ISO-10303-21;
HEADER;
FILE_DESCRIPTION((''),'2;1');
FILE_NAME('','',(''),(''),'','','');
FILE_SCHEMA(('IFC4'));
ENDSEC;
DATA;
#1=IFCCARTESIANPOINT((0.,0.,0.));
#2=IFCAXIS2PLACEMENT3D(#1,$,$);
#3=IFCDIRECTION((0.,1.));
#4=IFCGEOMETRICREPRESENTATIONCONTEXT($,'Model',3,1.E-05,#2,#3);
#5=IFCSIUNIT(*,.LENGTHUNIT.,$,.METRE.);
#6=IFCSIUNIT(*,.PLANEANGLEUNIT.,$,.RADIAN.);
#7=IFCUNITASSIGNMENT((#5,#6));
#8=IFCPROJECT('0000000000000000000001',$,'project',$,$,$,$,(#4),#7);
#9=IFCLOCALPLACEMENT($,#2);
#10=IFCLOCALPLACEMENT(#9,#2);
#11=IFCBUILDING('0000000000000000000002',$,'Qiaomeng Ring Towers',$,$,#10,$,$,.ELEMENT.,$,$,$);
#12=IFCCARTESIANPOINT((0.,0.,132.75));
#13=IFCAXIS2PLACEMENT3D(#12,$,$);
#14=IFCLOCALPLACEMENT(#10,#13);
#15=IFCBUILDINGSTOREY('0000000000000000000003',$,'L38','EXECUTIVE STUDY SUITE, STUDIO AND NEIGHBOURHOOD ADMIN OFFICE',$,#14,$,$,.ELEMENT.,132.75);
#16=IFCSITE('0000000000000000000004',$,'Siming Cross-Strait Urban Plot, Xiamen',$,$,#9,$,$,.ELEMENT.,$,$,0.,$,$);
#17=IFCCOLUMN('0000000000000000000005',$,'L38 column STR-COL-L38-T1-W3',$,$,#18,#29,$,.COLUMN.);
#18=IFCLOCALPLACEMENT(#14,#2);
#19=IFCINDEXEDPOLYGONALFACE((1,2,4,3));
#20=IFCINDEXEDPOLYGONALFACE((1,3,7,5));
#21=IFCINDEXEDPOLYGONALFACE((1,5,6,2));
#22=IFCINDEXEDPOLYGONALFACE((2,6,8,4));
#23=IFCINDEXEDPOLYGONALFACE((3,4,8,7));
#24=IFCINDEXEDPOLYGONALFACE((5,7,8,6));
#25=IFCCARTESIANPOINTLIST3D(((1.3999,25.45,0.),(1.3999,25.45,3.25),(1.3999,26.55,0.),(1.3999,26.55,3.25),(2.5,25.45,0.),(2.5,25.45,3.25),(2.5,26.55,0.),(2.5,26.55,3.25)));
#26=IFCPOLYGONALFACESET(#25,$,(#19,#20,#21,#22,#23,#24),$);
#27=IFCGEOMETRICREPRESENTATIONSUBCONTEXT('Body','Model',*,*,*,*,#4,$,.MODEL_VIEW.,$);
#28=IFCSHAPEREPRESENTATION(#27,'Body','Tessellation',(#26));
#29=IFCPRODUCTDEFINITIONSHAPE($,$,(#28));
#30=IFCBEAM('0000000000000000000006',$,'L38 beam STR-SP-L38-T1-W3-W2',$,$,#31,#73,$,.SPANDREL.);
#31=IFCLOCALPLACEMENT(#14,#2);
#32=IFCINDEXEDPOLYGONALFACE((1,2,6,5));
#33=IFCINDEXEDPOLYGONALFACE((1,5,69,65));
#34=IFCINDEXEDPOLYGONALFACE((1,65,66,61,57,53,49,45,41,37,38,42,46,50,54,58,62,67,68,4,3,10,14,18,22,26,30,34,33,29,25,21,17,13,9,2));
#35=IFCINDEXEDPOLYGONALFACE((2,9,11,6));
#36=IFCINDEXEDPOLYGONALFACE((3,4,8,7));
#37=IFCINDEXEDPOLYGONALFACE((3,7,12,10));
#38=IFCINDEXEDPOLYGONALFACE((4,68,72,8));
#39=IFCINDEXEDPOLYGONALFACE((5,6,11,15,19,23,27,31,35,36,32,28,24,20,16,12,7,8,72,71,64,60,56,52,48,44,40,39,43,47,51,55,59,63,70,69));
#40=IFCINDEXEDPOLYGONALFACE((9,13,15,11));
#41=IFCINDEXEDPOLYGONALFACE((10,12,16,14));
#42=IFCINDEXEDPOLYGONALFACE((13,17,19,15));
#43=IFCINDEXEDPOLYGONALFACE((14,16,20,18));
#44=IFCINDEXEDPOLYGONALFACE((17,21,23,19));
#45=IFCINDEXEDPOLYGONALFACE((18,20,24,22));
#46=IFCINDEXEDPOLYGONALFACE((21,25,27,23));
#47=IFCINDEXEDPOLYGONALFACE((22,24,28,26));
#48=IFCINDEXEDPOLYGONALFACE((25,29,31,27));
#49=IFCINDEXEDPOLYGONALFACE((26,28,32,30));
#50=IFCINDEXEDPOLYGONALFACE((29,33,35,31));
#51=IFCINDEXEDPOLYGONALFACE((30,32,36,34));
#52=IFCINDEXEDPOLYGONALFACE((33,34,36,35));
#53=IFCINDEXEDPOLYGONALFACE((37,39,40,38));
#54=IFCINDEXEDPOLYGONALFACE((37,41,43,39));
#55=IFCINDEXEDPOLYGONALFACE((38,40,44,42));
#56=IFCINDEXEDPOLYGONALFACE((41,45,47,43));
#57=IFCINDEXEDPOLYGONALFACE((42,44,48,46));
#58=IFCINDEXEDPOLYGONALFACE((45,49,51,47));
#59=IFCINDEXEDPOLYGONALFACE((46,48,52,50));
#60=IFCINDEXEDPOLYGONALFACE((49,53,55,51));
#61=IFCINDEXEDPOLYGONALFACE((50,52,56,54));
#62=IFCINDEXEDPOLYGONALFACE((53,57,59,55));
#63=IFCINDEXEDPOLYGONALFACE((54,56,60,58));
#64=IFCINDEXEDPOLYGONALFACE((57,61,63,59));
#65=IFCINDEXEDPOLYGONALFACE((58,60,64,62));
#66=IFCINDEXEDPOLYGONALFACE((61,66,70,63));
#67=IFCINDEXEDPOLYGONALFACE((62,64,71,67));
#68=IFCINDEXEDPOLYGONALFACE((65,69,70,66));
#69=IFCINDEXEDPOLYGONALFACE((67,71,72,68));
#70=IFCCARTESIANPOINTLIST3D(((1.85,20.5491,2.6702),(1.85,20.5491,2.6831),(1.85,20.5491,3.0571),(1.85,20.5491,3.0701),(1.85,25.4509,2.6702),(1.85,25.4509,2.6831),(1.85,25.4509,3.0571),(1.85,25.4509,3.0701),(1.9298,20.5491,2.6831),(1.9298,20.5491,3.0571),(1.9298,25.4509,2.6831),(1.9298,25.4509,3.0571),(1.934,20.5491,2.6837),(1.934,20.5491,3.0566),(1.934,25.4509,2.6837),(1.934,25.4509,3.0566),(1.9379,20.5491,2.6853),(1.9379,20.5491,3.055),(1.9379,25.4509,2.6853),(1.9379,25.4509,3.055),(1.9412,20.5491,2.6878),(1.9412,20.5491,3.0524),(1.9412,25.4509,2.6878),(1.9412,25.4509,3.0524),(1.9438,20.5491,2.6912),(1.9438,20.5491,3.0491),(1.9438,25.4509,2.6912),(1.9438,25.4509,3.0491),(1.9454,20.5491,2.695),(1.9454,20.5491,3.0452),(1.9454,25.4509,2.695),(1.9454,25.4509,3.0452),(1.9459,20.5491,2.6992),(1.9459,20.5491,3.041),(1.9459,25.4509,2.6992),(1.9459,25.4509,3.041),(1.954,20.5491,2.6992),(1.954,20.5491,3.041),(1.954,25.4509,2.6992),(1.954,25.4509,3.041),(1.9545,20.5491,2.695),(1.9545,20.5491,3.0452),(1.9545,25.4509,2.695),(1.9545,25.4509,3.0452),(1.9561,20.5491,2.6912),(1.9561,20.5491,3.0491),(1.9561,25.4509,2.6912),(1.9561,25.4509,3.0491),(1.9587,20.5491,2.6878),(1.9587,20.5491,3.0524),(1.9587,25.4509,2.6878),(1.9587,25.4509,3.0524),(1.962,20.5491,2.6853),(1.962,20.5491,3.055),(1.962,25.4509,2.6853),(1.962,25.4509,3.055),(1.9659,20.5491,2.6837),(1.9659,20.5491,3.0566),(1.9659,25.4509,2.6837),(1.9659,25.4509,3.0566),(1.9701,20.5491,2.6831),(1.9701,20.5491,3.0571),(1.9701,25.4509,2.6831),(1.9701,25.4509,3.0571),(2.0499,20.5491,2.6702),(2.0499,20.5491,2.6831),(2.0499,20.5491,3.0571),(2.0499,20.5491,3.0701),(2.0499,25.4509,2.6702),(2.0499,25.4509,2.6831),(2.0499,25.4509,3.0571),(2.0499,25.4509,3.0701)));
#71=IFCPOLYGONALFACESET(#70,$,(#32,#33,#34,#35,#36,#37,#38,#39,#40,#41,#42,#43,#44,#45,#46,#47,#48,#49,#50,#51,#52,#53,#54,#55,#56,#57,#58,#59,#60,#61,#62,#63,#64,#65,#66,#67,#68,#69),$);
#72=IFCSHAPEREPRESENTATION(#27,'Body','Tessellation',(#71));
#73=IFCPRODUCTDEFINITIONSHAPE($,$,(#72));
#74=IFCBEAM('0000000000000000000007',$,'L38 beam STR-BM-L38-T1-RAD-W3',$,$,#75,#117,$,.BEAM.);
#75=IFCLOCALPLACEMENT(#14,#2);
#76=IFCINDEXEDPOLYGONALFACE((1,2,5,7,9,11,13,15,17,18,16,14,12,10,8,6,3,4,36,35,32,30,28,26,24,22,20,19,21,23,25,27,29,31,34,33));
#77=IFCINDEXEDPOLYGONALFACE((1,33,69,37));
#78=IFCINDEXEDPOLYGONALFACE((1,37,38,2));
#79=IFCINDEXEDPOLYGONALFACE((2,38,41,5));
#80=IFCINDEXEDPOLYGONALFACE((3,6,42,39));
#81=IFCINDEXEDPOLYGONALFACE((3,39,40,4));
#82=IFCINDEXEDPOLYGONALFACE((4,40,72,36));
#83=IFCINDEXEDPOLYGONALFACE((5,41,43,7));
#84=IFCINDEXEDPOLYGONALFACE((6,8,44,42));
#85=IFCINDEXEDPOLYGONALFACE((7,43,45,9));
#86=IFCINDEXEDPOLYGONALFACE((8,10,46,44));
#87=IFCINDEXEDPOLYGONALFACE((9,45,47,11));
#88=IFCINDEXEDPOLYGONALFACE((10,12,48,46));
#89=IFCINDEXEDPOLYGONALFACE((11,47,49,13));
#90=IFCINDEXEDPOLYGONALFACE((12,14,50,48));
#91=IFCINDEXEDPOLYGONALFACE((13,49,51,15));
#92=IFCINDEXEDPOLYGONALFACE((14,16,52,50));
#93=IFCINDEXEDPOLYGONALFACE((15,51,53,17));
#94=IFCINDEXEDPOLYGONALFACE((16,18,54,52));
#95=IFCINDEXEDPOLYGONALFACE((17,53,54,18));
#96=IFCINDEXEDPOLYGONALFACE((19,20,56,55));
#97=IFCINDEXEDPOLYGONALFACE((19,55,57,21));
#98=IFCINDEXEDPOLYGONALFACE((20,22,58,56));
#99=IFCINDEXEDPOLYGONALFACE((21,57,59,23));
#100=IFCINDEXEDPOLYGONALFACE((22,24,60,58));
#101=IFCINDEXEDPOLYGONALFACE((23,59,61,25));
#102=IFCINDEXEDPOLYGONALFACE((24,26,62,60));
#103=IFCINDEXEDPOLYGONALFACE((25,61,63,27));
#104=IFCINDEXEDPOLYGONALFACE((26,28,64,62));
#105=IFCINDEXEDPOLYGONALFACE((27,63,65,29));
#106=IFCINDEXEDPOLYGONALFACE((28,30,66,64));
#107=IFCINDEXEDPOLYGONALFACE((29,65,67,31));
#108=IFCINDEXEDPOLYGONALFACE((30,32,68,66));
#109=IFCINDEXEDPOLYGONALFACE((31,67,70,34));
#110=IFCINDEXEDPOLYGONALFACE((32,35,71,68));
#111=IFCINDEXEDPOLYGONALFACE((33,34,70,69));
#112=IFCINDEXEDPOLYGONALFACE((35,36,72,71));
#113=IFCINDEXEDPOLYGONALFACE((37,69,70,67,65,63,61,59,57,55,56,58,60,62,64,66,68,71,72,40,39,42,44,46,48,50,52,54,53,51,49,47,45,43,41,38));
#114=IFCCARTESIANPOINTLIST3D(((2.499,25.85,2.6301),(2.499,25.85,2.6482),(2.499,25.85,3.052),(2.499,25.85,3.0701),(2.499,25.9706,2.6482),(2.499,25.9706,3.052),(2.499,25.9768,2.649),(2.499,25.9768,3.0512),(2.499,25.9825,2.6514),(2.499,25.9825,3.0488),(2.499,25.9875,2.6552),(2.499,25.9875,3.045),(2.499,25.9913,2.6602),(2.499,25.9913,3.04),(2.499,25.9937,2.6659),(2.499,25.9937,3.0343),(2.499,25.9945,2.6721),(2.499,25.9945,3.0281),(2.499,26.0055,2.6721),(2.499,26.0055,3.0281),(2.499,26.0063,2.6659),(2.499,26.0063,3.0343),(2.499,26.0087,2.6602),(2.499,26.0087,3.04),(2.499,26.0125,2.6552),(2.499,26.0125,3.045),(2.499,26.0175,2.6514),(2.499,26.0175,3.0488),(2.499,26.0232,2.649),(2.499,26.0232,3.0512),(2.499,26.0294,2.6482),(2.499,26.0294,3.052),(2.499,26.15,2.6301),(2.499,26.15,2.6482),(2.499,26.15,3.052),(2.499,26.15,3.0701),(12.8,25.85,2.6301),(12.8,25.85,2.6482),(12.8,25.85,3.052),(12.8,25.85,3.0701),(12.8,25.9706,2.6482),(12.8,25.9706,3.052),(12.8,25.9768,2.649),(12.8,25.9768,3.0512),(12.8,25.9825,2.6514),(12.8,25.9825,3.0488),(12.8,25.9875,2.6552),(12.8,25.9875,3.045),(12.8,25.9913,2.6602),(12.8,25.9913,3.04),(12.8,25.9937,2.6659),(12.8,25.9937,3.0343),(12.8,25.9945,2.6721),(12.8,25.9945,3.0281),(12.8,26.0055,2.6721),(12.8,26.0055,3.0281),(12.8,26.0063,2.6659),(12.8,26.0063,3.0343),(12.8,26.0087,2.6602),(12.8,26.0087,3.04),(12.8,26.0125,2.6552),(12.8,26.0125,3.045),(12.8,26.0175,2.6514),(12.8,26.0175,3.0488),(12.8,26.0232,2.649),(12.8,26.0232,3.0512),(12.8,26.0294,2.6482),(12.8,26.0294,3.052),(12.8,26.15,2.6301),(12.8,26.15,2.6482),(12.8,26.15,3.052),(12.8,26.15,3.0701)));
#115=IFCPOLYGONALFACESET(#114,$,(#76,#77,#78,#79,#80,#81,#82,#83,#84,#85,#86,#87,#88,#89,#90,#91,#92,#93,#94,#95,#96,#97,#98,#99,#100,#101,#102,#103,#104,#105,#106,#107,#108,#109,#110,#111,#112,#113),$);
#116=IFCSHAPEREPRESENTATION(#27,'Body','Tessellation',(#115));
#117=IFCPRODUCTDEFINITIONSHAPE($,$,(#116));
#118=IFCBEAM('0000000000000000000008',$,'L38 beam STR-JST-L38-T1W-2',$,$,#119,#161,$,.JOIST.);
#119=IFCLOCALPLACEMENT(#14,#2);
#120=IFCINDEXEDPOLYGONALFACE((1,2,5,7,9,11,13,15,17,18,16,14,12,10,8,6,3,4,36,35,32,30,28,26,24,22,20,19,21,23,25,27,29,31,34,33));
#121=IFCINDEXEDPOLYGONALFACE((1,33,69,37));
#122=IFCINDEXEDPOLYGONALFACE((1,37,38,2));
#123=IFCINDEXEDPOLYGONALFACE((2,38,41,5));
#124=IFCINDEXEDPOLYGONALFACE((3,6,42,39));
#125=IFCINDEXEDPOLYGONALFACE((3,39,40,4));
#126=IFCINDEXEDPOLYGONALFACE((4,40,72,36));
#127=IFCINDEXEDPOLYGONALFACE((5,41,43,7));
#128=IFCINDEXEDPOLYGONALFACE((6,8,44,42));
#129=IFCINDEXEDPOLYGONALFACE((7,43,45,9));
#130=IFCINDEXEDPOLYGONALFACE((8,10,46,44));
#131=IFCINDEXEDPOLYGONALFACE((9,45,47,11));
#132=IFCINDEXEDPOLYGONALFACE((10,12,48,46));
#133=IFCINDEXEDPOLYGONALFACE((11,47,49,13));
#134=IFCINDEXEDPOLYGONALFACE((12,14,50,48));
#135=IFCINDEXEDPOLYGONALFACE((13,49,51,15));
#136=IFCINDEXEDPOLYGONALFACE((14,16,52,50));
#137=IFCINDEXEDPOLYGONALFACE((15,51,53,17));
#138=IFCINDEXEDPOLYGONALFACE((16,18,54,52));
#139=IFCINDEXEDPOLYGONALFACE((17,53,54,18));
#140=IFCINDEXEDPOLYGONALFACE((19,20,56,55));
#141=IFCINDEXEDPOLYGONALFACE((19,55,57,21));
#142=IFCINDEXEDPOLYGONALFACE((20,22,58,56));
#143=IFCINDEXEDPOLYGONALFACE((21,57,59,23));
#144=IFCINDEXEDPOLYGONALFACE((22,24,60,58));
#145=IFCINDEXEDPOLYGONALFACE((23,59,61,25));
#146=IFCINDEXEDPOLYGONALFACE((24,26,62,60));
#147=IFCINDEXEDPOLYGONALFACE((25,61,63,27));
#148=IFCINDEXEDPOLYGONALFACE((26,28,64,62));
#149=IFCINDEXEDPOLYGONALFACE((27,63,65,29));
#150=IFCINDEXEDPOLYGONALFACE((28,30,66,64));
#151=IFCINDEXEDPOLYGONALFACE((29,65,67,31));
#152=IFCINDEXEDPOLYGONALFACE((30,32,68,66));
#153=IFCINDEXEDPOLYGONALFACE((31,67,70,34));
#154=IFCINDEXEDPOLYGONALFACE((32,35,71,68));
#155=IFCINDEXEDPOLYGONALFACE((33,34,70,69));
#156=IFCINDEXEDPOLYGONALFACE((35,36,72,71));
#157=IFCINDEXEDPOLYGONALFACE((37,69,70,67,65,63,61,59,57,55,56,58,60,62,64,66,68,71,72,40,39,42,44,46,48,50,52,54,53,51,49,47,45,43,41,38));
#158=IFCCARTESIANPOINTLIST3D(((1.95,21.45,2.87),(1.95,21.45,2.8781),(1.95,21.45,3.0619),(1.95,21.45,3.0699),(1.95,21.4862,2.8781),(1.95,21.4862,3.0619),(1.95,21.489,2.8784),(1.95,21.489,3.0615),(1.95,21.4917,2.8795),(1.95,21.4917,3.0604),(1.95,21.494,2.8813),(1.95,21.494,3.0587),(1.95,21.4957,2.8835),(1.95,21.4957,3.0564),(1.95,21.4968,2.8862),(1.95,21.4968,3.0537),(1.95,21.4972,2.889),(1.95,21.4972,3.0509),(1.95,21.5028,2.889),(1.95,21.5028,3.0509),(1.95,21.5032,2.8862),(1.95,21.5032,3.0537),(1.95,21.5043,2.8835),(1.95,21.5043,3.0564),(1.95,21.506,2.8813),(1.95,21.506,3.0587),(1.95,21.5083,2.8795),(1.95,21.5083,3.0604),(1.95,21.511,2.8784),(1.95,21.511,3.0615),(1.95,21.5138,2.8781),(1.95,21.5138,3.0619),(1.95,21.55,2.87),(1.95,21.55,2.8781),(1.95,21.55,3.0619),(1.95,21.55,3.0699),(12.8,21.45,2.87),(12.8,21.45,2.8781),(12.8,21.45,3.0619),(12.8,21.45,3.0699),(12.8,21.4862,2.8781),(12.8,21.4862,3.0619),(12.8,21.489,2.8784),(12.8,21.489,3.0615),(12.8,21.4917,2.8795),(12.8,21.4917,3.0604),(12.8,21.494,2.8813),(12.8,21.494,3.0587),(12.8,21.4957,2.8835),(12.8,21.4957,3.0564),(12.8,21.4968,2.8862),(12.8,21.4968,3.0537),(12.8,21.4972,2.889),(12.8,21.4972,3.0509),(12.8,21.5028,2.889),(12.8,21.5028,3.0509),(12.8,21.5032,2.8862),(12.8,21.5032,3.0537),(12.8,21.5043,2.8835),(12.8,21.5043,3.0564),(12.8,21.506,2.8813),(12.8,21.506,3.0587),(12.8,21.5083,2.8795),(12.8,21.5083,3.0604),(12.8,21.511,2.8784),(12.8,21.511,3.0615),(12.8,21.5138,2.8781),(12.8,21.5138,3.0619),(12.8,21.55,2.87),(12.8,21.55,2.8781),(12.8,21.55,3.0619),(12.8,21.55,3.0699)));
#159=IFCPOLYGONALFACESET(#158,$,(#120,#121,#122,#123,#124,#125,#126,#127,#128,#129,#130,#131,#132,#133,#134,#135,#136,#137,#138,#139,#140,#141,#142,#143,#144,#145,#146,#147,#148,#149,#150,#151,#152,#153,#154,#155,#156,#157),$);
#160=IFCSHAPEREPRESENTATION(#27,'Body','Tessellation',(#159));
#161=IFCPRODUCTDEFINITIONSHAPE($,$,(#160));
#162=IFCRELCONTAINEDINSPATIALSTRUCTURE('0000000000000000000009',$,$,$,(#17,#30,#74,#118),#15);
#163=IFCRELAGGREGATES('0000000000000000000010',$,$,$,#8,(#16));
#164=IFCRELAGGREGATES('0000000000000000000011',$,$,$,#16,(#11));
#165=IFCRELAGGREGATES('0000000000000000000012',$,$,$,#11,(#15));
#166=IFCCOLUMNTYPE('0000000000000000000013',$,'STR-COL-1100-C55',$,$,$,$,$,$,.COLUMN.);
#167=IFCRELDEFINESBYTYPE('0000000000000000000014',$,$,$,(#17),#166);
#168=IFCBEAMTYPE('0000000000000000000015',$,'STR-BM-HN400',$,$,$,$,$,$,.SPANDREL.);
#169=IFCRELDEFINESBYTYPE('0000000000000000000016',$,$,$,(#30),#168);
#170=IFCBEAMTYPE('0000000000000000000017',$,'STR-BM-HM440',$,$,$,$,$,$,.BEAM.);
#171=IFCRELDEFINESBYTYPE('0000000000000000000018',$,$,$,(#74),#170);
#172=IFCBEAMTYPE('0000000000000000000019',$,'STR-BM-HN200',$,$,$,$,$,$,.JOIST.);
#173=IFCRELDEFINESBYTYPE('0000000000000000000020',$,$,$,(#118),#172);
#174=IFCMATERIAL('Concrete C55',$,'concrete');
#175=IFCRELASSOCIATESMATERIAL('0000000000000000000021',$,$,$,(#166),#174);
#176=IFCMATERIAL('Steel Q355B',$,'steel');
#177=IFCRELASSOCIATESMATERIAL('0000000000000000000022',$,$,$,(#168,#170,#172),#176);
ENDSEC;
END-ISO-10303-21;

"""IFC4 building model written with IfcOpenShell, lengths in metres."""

from ifc_helpers import new_model, si_unit, direction, frame, origin, origin_2d, place, context, subcontext, project, spatial, rectangle, i_section, extrude, source, transform, mapped, material, material_profile, profile_set, type_object, element, save


model = new_model("IFC4")

# Units and contexts
model_context = context("Model", 3, precision=1e-05, world=origin(), true_north=direction((0.0, 1.0)))
body_context = subcontext(model_context, "Body", "Model", "MODEL_VIEW")
ifc_project = project(units=[si_unit("LENGTHUNIT", "METRE"), si_unit("PLANEANGLEUNIT", "RADIAN")], contexts=[model_context])

# Site, building, storey
site_placement = place(None, origin())
site = spatial("IfcSite", under=ifc_project, at=site_placement, Name="Siming Cross-Strait Urban Plot, Xiamen", CompositionType="ELEMENT", RefElevation=0.0)
building_placement = place(site_placement, origin())
building = spatial("IfcBuilding", under=site, at=building_placement, Name="Qiaomeng Ring Towers", CompositionType="ELEMENT")
storey_placement = place(building_placement, frame((0.0, 0.0, 132.75)))
storey = spatial("IfcBuildingStorey", under=building, at=storey_placement, Name="L38", Description="EXECUTIVE STUDY SUITE, STUDIO AND NEIGHBOURHOOD ADMIN OFFICE", CompositionType="ELEMENT", Elevation=132.75)

# Column
ifc_material_1 = material(Name="Concrete C55", Category="concrete")
ifc_material_profile_1 = material_profile(ifc_material_1, rectangle(XDim=1.1001, YDim=1.1001, at=origin_2d()), Name="RC COL 1100x1100")
ifc_profile_set_1 = profile_set([ifc_material_profile_1], Name="Concrete C55")
column_type = type_object("IfcColumnType", Name="STR-COL-1100-C55", PredefinedType="COLUMN", material=ifc_profile_set_1)
shared_shape_1 = source(origin(), body_context, "Body", "SweptSolid", [
    extrude(rectangle(XDim=1.1001, YDim=1.1001, at=origin_2d()), origin(), (0.0, 0.0, 1.0), 3.25),
])
column_placement = place(storey_placement, frame((1.95, 26.0, 0.0), z_axis=(0.0, 0.0, 1.0), x_axis=(1.0, 0.0, 0.0)))
element("IfcColumn", 1, at=column_placement, inside=storey, type_object=column_type, Name="L38 column STR-COL-L38-T1-W3", PredefinedType="COLUMN", context=body_context, shape_type="MappedRepresentation", body=[
    mapped(shared_shape_1, transform((0.0, 0.0, 0.0), x_axis=(1.0, 0.0, 0.0), y_axis=(0.0, 1.0, 0.0), z_axis=(0.0, 0.0, 1.0), scale=1.0)),
])

# Beams
ifc_material_2 = material(Name="Steel Q355B", Category="steel")
ifc_material_profile_2 = material_profile(ifc_material_2, i_section(OverallWidth=0.2, OverallDepth=0.3999, WebThickness=0.0081, FlangeThickness=0.0129, FilletRadius=0.0161, at=origin_2d()), Name="HN 400x200x8x13")
ifc_profile_set_2 = profile_set([ifc_material_profile_2], Name="Steel Q355B")
beam_type_1 = type_object("IfcBeamType", Name="STR-BM-HN400", PredefinedType="SPANDREL", material=ifc_profile_set_2)
shared_shape_2 = source(origin(), body_context, "Body", "SweptSolid", [
    extrude(i_section(OverallWidth=0.2, OverallDepth=0.3999, WebThickness=0.0081, FlangeThickness=0.0129, FilletRadius=0.0161, at=origin_2d()), origin(), (0.0, 0.0, 1.0), 4.9019),
])
beam_1_placement = place(storey_placement, frame((1.95, 25.4509, 2.8701), z_axis=(0.0, -1.0, 0.0), x_axis=(1.0, 0.0, 0.0)))
element("IfcBeam", 2, at=beam_1_placement, inside=storey, type_object=beam_type_1, Name="L38 beam STR-SP-L38-T1-W3-W2", PredefinedType="SPANDREL", context=body_context, shape_type="MappedRepresentation", body=[
    mapped(shared_shape_2, transform((0.0, 0.0, 0.0), x_axis=(1.0, 0.0, 0.0), y_axis=(0.0, 1.0, 0.0), z_axis=(0.0, 0.0, 1.0), scale=1.0)),
])
ifc_material_profile_3 = material_profile(ifc_material_2, i_section(OverallWidth=0.3, OverallDepth=0.4399, WebThickness=0.011, FlangeThickness=0.0181, FilletRadius=0.0239, at=origin_2d()), Name="HM 440x300x11x18")
ifc_profile_set_3 = profile_set([ifc_material_profile_3], Name="Steel Q355B")
beam_type_2 = type_object("IfcBeamType", Name="STR-BM-HM440", PredefinedType="BEAM", material=ifc_profile_set_3)
shared_shape_3 = source(origin(), body_context, "Body", "SweptSolid", [
    extrude(i_section(OverallWidth=0.3, OverallDepth=0.4399, WebThickness=0.011, FlangeThickness=0.0181, FilletRadius=0.0239, at=origin_2d()), origin(), (0.0, 0.0, 1.0), 10.301),
])
beam_2_placement = place(storey_placement, frame((2.499, 26.0, 2.8501), z_axis=(1.0, 0.0, 0.0), x_axis=(0.0, 1.0, 0.0)))
element("IfcBeam", 3, at=beam_2_placement, inside=storey, type_object=beam_type_2, Name="L38 beam STR-BM-L38-T1-RAD-W3", PredefinedType="BEAM", context=body_context, shape_type="MappedRepresentation", body=[
    mapped(shared_shape_3, transform((0.0, 0.0, 0.0), x_axis=(1.0, 0.0, 0.0), y_axis=(0.0, 1.0, 0.0), z_axis=(0.0, 0.0, 1.0), scale=1.0)),
])
ifc_material_profile_4 = material_profile(ifc_material_2, i_section(OverallWidth=0.1001, OverallDepth=0.2, WebThickness=0.0056, FlangeThickness=0.0081, FilletRadius=0.011, at=origin_2d()), Name="HN 200x100x5.5x8")
ifc_profile_set_4 = profile_set([ifc_material_profile_4], Name="Steel Q355B")
beam_type_3 = type_object("IfcBeamType", Name="STR-BM-HN200", PredefinedType="JOIST", material=ifc_profile_set_4)
shared_shape_4 = source(origin(), body_context, "Body", "SweptSolid", [
    extrude(i_section(OverallWidth=0.1001, OverallDepth=0.2, WebThickness=0.0056, FlangeThickness=0.0081, FilletRadius=0.011, at=origin_2d()), origin(), (0.0, 0.0, 1.0), 10.8501),
])
for number, where, z_axis, x_axis, name in (
    (4, (1.95, 21.5, 2.97), (1.0, 0.0, 0.0), (0.0, 1.0, 0.0), "L38 beam STR-JST-L38-T1W-2"),
):
    element("IfcBeam", number, at=place(storey_placement, frame(where, z_axis=z_axis, x_axis=x_axis)), inside=storey, type_object=beam_type_3, Name=name, PredefinedType="JOIST", context=body_context, shape_type="MappedRepresentation", body=[
        mapped(shared_shape_4, transform((0.0, 0.0, 0.0), x_axis=(1.0, 0.0, 0.0), y_axis=(0.0, 1.0, 0.0), z_axis=(0.0, 0.0, 1.0), scale=1.0)),
    ])

save(model, "model.ifc")
